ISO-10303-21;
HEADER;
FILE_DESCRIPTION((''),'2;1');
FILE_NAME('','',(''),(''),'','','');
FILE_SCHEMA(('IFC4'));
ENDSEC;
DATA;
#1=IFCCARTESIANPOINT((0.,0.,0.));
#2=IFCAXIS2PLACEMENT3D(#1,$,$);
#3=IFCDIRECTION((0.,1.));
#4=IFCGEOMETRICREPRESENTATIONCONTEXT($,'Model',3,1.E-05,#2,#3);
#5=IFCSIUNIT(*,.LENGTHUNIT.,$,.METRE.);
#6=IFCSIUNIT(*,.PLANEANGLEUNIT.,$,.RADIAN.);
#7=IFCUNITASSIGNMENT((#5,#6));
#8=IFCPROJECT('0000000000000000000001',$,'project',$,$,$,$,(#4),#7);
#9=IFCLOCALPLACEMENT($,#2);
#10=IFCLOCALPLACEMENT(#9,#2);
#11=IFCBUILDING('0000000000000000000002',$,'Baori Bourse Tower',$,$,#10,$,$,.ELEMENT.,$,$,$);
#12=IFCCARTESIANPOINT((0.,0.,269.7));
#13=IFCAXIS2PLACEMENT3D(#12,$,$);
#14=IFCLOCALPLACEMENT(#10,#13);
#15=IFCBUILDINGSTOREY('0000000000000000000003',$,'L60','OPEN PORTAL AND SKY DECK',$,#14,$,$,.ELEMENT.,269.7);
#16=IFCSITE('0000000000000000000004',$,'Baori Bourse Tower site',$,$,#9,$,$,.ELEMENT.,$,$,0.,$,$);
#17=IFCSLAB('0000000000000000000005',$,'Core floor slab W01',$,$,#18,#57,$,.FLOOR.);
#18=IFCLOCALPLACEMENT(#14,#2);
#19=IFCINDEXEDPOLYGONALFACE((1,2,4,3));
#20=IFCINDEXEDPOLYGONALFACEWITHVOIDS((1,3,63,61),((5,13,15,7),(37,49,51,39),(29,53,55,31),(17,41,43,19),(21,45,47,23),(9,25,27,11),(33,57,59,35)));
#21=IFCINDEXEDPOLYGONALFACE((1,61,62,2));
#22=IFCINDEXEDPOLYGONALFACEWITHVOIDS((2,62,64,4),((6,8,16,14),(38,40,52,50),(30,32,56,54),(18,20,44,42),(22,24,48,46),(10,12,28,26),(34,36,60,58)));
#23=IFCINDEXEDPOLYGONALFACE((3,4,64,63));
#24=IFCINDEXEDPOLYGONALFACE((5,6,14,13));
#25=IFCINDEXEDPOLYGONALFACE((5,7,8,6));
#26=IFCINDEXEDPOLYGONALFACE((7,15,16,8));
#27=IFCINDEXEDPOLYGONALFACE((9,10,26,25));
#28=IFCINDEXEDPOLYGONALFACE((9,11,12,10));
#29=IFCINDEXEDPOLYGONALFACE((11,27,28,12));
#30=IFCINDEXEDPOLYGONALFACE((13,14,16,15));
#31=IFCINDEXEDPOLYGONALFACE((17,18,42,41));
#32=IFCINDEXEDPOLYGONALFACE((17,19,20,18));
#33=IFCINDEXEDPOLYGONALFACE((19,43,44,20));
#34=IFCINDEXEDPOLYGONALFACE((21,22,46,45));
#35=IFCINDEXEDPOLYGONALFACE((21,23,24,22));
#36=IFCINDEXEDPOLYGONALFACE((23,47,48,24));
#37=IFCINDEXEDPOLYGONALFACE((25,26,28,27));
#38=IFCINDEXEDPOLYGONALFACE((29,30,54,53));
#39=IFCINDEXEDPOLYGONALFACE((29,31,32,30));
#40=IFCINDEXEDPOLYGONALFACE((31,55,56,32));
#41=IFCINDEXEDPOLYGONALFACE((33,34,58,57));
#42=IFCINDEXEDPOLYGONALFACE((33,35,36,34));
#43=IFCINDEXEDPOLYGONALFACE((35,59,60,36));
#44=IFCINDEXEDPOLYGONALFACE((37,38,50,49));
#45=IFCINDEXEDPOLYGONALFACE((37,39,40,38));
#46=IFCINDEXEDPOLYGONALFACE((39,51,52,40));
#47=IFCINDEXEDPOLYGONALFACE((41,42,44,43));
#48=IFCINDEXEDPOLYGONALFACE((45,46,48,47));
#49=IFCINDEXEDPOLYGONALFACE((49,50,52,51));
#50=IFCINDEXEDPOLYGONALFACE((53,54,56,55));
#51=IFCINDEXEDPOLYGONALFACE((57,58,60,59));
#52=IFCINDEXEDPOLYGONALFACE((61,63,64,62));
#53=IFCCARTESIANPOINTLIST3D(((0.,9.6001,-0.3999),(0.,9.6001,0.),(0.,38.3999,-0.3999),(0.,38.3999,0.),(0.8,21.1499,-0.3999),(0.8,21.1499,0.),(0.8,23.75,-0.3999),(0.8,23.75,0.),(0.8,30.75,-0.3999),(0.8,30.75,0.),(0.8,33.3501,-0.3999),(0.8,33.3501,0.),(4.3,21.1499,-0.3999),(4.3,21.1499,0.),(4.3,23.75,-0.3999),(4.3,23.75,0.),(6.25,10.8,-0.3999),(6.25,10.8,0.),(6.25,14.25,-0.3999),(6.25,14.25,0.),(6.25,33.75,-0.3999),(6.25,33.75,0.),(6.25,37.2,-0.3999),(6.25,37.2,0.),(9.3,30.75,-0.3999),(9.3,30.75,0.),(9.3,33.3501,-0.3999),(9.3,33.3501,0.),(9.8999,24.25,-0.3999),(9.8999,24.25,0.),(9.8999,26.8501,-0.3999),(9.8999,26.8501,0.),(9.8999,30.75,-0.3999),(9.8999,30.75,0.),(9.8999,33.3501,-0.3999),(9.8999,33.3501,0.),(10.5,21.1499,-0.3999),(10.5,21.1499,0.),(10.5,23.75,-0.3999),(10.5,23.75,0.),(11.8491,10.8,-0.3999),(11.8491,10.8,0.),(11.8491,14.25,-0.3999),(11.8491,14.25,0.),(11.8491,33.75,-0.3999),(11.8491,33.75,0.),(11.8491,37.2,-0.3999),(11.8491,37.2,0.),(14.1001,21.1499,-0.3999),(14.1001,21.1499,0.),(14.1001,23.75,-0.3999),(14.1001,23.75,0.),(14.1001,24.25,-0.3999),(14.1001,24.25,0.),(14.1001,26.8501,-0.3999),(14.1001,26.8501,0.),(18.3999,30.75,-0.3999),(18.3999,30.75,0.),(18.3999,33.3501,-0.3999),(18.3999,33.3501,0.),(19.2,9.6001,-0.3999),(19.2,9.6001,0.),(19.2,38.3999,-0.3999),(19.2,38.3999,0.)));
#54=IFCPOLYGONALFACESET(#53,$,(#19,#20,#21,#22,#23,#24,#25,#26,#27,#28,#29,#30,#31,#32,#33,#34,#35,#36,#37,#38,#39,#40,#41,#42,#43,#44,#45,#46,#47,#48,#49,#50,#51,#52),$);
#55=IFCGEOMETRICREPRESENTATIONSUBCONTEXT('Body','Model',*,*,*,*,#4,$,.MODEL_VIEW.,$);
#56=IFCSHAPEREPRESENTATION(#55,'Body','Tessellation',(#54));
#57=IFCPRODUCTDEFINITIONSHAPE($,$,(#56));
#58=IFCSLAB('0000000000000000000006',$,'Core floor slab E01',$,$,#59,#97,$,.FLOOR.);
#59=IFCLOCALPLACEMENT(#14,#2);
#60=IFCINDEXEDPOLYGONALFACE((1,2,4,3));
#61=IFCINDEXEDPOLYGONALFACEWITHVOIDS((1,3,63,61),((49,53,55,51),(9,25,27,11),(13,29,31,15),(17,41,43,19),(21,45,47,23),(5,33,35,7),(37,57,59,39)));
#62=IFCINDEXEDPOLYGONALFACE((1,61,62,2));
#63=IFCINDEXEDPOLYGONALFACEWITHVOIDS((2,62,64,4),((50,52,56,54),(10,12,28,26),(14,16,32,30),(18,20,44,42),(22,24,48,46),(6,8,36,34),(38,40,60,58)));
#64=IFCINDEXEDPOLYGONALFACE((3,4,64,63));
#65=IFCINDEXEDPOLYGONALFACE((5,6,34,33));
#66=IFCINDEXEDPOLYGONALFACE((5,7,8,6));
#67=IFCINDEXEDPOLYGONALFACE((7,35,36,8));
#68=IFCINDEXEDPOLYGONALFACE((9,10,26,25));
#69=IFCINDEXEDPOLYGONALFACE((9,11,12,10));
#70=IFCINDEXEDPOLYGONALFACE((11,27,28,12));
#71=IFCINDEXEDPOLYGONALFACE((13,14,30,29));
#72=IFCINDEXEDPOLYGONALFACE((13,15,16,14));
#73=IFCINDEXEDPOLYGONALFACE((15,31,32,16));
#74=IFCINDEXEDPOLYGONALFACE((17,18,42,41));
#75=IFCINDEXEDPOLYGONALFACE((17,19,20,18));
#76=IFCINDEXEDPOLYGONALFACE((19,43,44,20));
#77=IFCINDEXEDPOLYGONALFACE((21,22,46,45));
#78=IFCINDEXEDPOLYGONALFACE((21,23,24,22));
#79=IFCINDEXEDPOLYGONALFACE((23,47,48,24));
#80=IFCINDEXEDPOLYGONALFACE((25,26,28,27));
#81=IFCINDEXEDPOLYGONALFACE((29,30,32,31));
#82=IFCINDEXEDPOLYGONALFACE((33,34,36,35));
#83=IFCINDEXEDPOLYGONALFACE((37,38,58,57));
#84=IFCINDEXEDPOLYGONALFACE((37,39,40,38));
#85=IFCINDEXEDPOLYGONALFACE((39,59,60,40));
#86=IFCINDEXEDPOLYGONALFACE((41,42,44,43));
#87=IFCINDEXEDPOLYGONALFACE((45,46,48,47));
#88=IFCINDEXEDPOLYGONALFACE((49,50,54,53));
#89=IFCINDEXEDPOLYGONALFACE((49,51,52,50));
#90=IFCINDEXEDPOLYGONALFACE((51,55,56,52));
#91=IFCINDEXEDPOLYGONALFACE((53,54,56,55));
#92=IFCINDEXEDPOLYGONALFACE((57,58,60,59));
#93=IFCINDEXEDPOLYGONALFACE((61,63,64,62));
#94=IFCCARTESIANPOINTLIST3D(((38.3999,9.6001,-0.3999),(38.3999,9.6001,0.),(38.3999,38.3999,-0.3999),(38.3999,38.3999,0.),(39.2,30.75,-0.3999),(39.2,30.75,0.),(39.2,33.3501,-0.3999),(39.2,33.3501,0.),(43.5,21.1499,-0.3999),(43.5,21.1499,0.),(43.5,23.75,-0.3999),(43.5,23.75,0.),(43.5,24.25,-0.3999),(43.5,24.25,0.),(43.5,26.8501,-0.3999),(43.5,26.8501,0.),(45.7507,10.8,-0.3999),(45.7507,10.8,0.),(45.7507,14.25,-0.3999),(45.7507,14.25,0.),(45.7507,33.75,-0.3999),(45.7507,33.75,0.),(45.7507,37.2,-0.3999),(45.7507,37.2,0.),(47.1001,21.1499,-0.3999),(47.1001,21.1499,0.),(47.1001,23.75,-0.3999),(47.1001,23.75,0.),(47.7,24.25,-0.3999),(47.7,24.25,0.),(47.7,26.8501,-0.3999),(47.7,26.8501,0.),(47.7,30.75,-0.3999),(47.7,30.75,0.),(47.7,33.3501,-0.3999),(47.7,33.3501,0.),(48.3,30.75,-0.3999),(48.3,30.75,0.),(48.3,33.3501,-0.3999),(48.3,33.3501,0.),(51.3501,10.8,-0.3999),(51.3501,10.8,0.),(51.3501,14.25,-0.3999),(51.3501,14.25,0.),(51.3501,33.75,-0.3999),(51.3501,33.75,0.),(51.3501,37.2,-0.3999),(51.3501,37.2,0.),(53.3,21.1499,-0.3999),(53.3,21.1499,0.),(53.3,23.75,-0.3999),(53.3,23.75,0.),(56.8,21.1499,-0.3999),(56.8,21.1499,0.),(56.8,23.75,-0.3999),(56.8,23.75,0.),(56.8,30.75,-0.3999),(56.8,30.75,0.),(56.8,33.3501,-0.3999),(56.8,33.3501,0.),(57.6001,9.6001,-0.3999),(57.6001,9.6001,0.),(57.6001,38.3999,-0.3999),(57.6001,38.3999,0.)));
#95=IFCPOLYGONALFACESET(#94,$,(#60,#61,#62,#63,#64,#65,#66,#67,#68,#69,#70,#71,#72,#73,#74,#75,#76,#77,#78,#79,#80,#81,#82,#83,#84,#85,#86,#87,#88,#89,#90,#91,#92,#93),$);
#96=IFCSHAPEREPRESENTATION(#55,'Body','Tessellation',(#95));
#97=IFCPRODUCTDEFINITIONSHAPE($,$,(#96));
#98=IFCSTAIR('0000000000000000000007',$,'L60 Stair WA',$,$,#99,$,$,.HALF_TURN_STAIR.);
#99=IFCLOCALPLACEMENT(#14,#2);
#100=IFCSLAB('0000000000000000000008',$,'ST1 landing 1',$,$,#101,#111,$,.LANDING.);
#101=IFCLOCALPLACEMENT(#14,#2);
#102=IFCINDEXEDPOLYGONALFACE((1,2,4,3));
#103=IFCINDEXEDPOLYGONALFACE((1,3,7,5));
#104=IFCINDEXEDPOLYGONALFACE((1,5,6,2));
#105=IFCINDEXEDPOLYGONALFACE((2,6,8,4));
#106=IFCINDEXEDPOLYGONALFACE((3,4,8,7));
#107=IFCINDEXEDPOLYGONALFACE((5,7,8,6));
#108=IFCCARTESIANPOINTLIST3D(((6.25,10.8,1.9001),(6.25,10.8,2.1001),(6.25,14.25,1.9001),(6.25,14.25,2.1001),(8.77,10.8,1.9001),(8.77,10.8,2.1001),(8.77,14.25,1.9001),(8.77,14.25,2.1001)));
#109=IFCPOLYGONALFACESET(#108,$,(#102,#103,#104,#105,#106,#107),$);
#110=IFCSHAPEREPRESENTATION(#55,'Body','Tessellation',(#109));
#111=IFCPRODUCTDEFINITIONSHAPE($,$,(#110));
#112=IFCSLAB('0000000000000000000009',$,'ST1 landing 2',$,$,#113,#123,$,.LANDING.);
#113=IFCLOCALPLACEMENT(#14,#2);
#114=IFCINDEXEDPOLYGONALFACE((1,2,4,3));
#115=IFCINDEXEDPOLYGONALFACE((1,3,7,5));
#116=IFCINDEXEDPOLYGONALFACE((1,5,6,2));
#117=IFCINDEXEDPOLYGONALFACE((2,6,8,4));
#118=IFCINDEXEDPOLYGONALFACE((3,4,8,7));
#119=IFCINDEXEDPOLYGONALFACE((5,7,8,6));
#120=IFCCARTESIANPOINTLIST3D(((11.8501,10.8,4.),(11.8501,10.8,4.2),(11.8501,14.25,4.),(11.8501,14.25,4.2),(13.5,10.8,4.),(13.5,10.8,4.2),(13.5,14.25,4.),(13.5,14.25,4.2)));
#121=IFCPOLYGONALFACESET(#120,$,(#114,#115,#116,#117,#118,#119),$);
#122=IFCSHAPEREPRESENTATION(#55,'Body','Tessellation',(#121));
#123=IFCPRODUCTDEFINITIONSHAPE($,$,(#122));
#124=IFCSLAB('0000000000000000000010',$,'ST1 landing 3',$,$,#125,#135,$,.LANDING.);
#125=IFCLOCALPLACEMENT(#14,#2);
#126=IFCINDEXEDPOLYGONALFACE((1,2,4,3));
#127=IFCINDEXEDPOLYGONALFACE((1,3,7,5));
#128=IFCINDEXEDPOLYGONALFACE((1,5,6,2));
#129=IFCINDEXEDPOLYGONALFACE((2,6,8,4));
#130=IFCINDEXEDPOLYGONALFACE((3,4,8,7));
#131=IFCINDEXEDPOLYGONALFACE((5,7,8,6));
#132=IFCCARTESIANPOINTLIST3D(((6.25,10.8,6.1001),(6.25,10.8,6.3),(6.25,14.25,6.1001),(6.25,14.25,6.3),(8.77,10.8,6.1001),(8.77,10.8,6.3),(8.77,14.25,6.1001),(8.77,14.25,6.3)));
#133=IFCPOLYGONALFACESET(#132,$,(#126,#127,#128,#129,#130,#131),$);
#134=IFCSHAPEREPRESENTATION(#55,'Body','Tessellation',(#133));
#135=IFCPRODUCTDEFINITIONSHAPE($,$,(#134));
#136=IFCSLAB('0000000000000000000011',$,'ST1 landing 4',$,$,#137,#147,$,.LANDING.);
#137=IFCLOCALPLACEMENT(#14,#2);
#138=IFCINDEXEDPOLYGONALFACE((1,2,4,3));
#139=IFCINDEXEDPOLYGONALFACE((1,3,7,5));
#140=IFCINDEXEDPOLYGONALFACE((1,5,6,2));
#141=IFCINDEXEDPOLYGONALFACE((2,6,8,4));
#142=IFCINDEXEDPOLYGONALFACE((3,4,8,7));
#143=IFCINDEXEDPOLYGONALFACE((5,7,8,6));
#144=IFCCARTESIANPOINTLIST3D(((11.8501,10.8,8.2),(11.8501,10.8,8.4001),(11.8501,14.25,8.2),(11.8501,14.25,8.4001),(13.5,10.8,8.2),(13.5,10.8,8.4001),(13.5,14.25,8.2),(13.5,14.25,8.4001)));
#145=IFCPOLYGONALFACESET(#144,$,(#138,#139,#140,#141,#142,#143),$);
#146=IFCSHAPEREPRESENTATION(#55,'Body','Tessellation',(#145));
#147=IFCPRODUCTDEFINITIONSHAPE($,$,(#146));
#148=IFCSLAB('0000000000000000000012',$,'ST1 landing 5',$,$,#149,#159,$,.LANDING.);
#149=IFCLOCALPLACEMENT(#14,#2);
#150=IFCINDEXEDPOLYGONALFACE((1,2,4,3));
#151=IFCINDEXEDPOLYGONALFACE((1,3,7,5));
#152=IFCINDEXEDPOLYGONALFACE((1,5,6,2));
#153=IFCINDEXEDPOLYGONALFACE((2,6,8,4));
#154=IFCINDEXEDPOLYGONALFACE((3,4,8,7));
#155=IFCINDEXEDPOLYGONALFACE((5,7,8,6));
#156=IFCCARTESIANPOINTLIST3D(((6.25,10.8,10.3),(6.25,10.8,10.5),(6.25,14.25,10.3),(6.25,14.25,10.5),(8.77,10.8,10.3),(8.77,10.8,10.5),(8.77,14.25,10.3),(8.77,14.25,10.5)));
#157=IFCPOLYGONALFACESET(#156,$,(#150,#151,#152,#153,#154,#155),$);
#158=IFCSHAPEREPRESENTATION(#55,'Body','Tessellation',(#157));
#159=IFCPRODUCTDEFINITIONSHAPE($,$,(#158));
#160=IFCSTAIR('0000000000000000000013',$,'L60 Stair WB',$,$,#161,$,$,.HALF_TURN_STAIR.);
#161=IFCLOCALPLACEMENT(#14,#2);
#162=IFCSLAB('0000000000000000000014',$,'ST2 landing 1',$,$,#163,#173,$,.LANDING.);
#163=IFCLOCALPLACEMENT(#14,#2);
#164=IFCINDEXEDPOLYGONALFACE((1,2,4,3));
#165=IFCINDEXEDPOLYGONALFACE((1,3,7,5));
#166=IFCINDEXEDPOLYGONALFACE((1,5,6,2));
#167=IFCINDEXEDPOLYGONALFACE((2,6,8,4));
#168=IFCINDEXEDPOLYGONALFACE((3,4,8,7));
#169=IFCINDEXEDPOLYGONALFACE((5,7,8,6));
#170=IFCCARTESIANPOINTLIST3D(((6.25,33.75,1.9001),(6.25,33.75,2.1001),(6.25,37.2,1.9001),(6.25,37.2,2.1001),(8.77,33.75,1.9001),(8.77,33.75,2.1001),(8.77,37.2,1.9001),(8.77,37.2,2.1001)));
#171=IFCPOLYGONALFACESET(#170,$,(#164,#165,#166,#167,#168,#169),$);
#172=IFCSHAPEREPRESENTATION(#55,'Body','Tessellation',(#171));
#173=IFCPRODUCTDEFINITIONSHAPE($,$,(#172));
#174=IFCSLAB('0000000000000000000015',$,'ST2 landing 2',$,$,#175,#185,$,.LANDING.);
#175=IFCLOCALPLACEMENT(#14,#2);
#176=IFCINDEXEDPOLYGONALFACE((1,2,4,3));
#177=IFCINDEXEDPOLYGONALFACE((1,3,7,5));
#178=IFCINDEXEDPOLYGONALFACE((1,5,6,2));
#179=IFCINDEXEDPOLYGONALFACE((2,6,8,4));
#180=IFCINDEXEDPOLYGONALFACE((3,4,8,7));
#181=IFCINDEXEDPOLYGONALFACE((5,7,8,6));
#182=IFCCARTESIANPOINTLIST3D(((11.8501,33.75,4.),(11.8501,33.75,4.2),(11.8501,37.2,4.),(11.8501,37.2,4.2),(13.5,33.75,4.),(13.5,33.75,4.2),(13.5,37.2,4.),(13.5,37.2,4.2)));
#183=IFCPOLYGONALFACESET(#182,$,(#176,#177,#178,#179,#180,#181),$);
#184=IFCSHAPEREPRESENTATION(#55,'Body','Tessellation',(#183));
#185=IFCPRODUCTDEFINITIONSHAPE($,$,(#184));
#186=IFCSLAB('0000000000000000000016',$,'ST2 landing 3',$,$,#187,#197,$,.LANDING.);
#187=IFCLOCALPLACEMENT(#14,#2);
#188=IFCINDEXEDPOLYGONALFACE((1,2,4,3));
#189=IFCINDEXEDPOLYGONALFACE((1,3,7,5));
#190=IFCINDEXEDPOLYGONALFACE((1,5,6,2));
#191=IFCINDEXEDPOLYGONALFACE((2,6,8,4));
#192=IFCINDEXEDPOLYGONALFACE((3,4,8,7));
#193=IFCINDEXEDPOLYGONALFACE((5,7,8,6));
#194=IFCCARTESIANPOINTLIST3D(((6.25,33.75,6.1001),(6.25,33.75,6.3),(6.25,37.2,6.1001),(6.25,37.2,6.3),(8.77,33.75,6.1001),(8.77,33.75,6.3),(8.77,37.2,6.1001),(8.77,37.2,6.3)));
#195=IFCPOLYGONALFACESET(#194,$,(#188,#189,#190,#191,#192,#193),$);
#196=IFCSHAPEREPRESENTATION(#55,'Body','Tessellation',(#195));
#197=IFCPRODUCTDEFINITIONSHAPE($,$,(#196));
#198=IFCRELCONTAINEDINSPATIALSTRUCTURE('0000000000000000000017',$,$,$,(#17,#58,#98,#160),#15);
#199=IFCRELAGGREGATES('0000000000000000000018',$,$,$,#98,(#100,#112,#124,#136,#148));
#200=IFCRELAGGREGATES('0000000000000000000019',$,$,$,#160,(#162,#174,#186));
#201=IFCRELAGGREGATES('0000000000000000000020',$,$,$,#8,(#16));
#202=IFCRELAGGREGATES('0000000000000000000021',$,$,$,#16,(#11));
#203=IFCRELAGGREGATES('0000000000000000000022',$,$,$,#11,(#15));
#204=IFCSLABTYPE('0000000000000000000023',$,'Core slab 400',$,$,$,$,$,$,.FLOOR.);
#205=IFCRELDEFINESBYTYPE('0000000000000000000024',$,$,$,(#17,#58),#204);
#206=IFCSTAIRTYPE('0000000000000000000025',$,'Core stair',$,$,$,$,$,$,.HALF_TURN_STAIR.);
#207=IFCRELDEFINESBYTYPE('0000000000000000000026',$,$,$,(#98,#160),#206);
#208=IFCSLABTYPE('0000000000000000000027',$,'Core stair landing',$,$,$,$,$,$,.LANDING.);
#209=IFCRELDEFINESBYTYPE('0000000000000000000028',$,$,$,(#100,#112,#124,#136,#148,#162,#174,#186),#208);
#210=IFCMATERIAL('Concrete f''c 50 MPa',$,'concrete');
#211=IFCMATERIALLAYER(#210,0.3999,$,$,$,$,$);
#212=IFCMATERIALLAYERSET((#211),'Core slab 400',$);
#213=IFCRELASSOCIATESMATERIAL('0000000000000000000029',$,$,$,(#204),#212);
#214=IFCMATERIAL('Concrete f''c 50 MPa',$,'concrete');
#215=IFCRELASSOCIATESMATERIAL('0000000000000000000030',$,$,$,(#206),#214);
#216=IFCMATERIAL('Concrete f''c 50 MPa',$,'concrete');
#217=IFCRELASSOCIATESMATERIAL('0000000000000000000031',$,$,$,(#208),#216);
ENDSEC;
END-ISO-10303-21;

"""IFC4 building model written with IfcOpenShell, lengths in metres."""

from ifc_helpers import new_model, si_unit, direction, frame, origin, place, context, subcontext, project, spatial, polyline, outline, extrude, material, layer, layer_set, type_object, element, aggregate, save


model = new_model("IFC4")

# Units and contexts
model_context = context("Model", 3, precision=1e-05, world=origin(), true_north=direction((0.0, 1.0)))
body_context = subcontext(model_context, "Body", "Model", "MODEL_VIEW")
ifc_project = project(units=[si_unit("LENGTHUNIT", "METRE"), si_unit("PLANEANGLEUNIT", "RADIAN")], contexts=[model_context])

# Site, building, storey
site_placement = place(None, origin())
site = spatial("IfcSite", under=ifc_project, at=site_placement, Name="Baori Bourse Tower site", CompositionType="ELEMENT", RefElevation=0.0)
building_placement = place(site_placement, origin())
building = spatial("IfcBuilding", under=site, at=building_placement, Name="Baori Bourse Tower", CompositionType="ELEMENT")
storey_placement = place(building_placement, frame((0.0, 0.0, 269.7)))
storey = spatial("IfcBuildingStorey", under=building, at=storey_placement, Name="L60", Description="OPEN PORTAL AND SKY DECK", CompositionType="ELEMENT", Elevation=269.7)

# Slabs
ifc_material_1 = material(Name="Concrete f'c 50 MPa", Category="concrete")
ifc_layer_1 = layer(ifc_material_1, 0.3999)
ifc_layer_set_1 = layer_set([ifc_layer_1], Name="Core slab 400")
slab_type_1 = type_object("IfcSlabType", Name="Core slab 400", PredefinedType="FLOOR", material=ifc_layer_set_1)
slab_1_placement = place(storey_placement, frame((0.0, 0.0, -0.3999)))
element("IfcSlab", 1, at=slab_1_placement, inside=storey, type_object=slab_type_1, Name="Core floor slab W01", PredefinedType="FLOOR", context=body_context, shape_type="SweptSolid", body=[
    extrude(outline(polyline([(19.2, 38.3999), (0.0, 38.3999), (0.0, 9.6001), (19.2, 9.6001), (19.2, 38.3999)]), holes=[polyline([(9.8999, 33.3501), (18.3999, 33.3501), (18.3999, 30.75), (9.8999, 30.75), (9.8999, 33.3501)]), polyline([(10.5, 21.1499), (10.5, 23.75), (14.1001, 23.75), (14.1001, 21.1499), (10.5, 21.1499)]), polyline([(14.1001, 24.25), (9.8999, 24.25), (9.8999, 26.8501), (14.1001, 26.8501), (14.1001, 24.25)]), polyline([(6.25, 14.25), (11.8491, 14.25), (11.8491, 10.8), (6.25, 10.8), (6.25, 14.25)]), polyline([(11.8491, 37.2), (11.8491, 33.75), (6.25, 33.75), (6.25, 37.2), (11.8491, 37.2)]), polyline([(0.8, 30.75), (0.8, 33.3501), (9.3, 33.3501), (9.3, 30.75), (0.8, 30.75)]), polyline([(4.3, 23.75), (4.3, 21.1499), (0.8, 21.1499), (0.8, 23.75), (4.3, 23.75)])]), origin(), (0.0, 0.0, 1.0), 0.3999),
])
slab_2_placement = place(storey_placement, frame((0.0, 0.0, -0.3999)))
element("IfcSlab", 2, at=slab_2_placement, inside=storey, type_object=slab_type_1, Name="Core floor slab E01", PredefinedType="FLOOR", context=body_context, shape_type="SweptSolid", body=[
    extrude(outline(polyline([(57.6001, 9.6001), (57.6001, 38.3999), (38.3999, 38.3999), (38.3999, 9.6001), (57.6001, 9.6001)]), holes=[polyline([(48.3, 33.3501), (56.8, 33.3501), (56.8, 30.75), (48.3, 30.75), (48.3, 33.3501)]), polyline([(56.8, 21.1499), (53.3, 21.1499), (53.3, 23.75), (56.8, 23.75), (56.8, 21.1499)]), polyline([(45.7507, 14.25), (51.3501, 14.25), (51.3501, 10.8), (45.7507, 10.8), (45.7507, 14.25)]), polyline([(51.3501, 37.2), (51.3501, 33.75), (45.7507, 33.75), (45.7507, 37.2), (51.3501, 37.2)]), polyline([(43.5, 24.25), (43.5, 26.8501), (47.7, 26.8501), (47.7, 24.25), (43.5, 24.25)]), polyline([(47.7, 33.3501), (47.7, 30.75), (39.2, 30.75), (39.2, 33.3501), (47.7, 33.3501)]), polyline([(43.5, 23.75), (47.1001, 23.75), (47.1001, 21.1499), (43.5, 21.1499), (43.5, 23.75)])]), origin(), (0.0, 0.0, 1.0), 0.3999),
])

# Stairs, slabs
ifc_material_2 = material(Name="Concrete f'c 50 MPa", Category="concrete")
stair_type = type_object("IfcStairType", Name="Core stair", PredefinedType="HALF_TURN_STAIR", material=ifc_material_2)
stair_1_placement = place(storey_placement, origin())
stair_1 = element("IfcStair", 3, at=stair_1_placement, inside=storey, type_object=stair_type, Name="L60 Stair WA", PredefinedType="HALF_TURN_STAIR")
ifc_material_3 = material(Name="Concrete f'c 50 MPa", Category="concrete")
slab_type_2 = type_object("IfcSlabType", Name="Core stair landing", PredefinedType="LANDING", material=ifc_material_3)
slab_3_placement = place(storey_placement, frame((0.0, 0.0, 1.9001)))
slab_3 = element("IfcSlab", 4, at=slab_3_placement, type_object=slab_type_2, Name="ST1 landing 1", PredefinedType="LANDING", context=body_context, shape_type="SweptSolid", body=[
    extrude(outline(polyline([(8.77, 14.25), (6.25, 14.25), (6.25, 10.8), (8.77, 10.8), (8.77, 14.25)])), origin(), (0.0, 0.0, 1.0), 0.2),
])
slab_4_placement = place(storey_placement, frame((0.0, 0.0, 4.0)))
slab_4 = element("IfcSlab", 5, at=slab_4_placement, type_object=slab_type_2, Name="ST1 landing 2", PredefinedType="LANDING", context=body_context, shape_type="SweptSolid", body=[
    extrude(outline(polyline([(13.5, 14.25), (11.8501, 14.25), (11.8501, 10.8), (13.5, 10.8), (13.5, 14.25)])), origin(), (0.0, 0.0, 1.0), 0.2),
])
slab_5_placement = place(storey_placement, frame((0.0, 0.0, 6.1001)))
slab_5 = element("IfcSlab", 6, at=slab_5_placement, type_object=slab_type_2, Name="ST1 landing 3", PredefinedType="LANDING", context=body_context, shape_type="SweptSolid", body=[
    extrude(outline(polyline([(8.77, 14.25), (6.25, 14.25), (6.25, 10.8), (8.77, 10.8), (8.77, 14.25)])), origin(), (0.0, 0.0, 1.0), 0.2),
])
slab_6_placement = place(storey_placement, frame((0.0, 0.0, 8.2)))
slab_6 = element("IfcSlab", 7, at=slab_6_placement, type_object=slab_type_2, Name="ST1 landing 4", PredefinedType="LANDING", context=body_context, shape_type="SweptSolid", body=[
    extrude(outline(polyline([(13.5, 14.25), (11.8501, 14.25), (11.8501, 10.8), (13.5, 10.8), (13.5, 14.25)])), origin(), (0.0, 0.0, 1.0), 0.2002),
])
slab_7_placement = place(storey_placement, frame((0.0, 0.0, 10.3)))
slab_7 = element("IfcSlab", 8, at=slab_7_placement, type_object=slab_type_2, Name="ST1 landing 5", PredefinedType="LANDING", context=body_context, shape_type="SweptSolid", body=[
    extrude(outline(polyline([(8.77, 14.25), (6.25, 14.25), (6.25, 10.8), (8.77, 10.8), (8.77, 14.25)])), origin(), (0.0, 0.0, 1.0), 0.2),
])
aggregate(stair_1, [slab_3, slab_4, slab_5, slab_6, slab_7])
stair_2_placement = place(storey_placement, origin())
stair_2 = element("IfcStair", 9, at=stair_2_placement, inside=storey, type_object=stair_type, Name="L60 Stair WB", PredefinedType="HALF_TURN_STAIR")
slab_8_placement = place(storey_placement, frame((0.0, 0.0, 1.9001)))
slab_8 = element("IfcSlab", 10, at=slab_8_placement, type_object=slab_type_2, Name="ST2 landing 1", PredefinedType="LANDING", context=body_context, shape_type="SweptSolid", body=[
    extrude(outline(polyline([(8.77, 37.2), (6.25, 37.2), (6.25, 33.75), (8.77, 33.75), (8.77, 37.2)])), origin(), (0.0, 0.0, 1.0), 0.2),
])
slab_9_placement = place(storey_placement, frame((0.0, 0.0, 4.0)))
slab_9 = element("IfcSlab", 11, at=slab_9_placement, type_object=slab_type_2, Name="ST2 landing 2", PredefinedType="LANDING", context=body_context, shape_type="SweptSolid", body=[
    extrude(outline(polyline([(13.5, 37.2), (11.8501, 37.2), (11.8501, 33.75), (13.5, 33.75), (13.5, 37.2)])), origin(), (0.0, 0.0, 1.0), 0.2),
])
slab_10_placement = place(storey_placement, frame((0.0, 0.0, 6.1001)))
slab_10 = element("IfcSlab", 12, at=slab_10_placement, type_object=slab_type_2, Name="ST2 landing 3", PredefinedType="LANDING", context=body_context, shape_type="SweptSolid", body=[
    extrude(outline(polyline([(8.77, 37.2), (6.25, 37.2), (6.25, 33.75), (8.77, 33.75), (8.77, 37.2)])), origin(), (0.0, 0.0, 1.0), 0.2),
])
aggregate(stair_2, [slab_8, slab_9, slab_10])

save(model, "model.ifc")
